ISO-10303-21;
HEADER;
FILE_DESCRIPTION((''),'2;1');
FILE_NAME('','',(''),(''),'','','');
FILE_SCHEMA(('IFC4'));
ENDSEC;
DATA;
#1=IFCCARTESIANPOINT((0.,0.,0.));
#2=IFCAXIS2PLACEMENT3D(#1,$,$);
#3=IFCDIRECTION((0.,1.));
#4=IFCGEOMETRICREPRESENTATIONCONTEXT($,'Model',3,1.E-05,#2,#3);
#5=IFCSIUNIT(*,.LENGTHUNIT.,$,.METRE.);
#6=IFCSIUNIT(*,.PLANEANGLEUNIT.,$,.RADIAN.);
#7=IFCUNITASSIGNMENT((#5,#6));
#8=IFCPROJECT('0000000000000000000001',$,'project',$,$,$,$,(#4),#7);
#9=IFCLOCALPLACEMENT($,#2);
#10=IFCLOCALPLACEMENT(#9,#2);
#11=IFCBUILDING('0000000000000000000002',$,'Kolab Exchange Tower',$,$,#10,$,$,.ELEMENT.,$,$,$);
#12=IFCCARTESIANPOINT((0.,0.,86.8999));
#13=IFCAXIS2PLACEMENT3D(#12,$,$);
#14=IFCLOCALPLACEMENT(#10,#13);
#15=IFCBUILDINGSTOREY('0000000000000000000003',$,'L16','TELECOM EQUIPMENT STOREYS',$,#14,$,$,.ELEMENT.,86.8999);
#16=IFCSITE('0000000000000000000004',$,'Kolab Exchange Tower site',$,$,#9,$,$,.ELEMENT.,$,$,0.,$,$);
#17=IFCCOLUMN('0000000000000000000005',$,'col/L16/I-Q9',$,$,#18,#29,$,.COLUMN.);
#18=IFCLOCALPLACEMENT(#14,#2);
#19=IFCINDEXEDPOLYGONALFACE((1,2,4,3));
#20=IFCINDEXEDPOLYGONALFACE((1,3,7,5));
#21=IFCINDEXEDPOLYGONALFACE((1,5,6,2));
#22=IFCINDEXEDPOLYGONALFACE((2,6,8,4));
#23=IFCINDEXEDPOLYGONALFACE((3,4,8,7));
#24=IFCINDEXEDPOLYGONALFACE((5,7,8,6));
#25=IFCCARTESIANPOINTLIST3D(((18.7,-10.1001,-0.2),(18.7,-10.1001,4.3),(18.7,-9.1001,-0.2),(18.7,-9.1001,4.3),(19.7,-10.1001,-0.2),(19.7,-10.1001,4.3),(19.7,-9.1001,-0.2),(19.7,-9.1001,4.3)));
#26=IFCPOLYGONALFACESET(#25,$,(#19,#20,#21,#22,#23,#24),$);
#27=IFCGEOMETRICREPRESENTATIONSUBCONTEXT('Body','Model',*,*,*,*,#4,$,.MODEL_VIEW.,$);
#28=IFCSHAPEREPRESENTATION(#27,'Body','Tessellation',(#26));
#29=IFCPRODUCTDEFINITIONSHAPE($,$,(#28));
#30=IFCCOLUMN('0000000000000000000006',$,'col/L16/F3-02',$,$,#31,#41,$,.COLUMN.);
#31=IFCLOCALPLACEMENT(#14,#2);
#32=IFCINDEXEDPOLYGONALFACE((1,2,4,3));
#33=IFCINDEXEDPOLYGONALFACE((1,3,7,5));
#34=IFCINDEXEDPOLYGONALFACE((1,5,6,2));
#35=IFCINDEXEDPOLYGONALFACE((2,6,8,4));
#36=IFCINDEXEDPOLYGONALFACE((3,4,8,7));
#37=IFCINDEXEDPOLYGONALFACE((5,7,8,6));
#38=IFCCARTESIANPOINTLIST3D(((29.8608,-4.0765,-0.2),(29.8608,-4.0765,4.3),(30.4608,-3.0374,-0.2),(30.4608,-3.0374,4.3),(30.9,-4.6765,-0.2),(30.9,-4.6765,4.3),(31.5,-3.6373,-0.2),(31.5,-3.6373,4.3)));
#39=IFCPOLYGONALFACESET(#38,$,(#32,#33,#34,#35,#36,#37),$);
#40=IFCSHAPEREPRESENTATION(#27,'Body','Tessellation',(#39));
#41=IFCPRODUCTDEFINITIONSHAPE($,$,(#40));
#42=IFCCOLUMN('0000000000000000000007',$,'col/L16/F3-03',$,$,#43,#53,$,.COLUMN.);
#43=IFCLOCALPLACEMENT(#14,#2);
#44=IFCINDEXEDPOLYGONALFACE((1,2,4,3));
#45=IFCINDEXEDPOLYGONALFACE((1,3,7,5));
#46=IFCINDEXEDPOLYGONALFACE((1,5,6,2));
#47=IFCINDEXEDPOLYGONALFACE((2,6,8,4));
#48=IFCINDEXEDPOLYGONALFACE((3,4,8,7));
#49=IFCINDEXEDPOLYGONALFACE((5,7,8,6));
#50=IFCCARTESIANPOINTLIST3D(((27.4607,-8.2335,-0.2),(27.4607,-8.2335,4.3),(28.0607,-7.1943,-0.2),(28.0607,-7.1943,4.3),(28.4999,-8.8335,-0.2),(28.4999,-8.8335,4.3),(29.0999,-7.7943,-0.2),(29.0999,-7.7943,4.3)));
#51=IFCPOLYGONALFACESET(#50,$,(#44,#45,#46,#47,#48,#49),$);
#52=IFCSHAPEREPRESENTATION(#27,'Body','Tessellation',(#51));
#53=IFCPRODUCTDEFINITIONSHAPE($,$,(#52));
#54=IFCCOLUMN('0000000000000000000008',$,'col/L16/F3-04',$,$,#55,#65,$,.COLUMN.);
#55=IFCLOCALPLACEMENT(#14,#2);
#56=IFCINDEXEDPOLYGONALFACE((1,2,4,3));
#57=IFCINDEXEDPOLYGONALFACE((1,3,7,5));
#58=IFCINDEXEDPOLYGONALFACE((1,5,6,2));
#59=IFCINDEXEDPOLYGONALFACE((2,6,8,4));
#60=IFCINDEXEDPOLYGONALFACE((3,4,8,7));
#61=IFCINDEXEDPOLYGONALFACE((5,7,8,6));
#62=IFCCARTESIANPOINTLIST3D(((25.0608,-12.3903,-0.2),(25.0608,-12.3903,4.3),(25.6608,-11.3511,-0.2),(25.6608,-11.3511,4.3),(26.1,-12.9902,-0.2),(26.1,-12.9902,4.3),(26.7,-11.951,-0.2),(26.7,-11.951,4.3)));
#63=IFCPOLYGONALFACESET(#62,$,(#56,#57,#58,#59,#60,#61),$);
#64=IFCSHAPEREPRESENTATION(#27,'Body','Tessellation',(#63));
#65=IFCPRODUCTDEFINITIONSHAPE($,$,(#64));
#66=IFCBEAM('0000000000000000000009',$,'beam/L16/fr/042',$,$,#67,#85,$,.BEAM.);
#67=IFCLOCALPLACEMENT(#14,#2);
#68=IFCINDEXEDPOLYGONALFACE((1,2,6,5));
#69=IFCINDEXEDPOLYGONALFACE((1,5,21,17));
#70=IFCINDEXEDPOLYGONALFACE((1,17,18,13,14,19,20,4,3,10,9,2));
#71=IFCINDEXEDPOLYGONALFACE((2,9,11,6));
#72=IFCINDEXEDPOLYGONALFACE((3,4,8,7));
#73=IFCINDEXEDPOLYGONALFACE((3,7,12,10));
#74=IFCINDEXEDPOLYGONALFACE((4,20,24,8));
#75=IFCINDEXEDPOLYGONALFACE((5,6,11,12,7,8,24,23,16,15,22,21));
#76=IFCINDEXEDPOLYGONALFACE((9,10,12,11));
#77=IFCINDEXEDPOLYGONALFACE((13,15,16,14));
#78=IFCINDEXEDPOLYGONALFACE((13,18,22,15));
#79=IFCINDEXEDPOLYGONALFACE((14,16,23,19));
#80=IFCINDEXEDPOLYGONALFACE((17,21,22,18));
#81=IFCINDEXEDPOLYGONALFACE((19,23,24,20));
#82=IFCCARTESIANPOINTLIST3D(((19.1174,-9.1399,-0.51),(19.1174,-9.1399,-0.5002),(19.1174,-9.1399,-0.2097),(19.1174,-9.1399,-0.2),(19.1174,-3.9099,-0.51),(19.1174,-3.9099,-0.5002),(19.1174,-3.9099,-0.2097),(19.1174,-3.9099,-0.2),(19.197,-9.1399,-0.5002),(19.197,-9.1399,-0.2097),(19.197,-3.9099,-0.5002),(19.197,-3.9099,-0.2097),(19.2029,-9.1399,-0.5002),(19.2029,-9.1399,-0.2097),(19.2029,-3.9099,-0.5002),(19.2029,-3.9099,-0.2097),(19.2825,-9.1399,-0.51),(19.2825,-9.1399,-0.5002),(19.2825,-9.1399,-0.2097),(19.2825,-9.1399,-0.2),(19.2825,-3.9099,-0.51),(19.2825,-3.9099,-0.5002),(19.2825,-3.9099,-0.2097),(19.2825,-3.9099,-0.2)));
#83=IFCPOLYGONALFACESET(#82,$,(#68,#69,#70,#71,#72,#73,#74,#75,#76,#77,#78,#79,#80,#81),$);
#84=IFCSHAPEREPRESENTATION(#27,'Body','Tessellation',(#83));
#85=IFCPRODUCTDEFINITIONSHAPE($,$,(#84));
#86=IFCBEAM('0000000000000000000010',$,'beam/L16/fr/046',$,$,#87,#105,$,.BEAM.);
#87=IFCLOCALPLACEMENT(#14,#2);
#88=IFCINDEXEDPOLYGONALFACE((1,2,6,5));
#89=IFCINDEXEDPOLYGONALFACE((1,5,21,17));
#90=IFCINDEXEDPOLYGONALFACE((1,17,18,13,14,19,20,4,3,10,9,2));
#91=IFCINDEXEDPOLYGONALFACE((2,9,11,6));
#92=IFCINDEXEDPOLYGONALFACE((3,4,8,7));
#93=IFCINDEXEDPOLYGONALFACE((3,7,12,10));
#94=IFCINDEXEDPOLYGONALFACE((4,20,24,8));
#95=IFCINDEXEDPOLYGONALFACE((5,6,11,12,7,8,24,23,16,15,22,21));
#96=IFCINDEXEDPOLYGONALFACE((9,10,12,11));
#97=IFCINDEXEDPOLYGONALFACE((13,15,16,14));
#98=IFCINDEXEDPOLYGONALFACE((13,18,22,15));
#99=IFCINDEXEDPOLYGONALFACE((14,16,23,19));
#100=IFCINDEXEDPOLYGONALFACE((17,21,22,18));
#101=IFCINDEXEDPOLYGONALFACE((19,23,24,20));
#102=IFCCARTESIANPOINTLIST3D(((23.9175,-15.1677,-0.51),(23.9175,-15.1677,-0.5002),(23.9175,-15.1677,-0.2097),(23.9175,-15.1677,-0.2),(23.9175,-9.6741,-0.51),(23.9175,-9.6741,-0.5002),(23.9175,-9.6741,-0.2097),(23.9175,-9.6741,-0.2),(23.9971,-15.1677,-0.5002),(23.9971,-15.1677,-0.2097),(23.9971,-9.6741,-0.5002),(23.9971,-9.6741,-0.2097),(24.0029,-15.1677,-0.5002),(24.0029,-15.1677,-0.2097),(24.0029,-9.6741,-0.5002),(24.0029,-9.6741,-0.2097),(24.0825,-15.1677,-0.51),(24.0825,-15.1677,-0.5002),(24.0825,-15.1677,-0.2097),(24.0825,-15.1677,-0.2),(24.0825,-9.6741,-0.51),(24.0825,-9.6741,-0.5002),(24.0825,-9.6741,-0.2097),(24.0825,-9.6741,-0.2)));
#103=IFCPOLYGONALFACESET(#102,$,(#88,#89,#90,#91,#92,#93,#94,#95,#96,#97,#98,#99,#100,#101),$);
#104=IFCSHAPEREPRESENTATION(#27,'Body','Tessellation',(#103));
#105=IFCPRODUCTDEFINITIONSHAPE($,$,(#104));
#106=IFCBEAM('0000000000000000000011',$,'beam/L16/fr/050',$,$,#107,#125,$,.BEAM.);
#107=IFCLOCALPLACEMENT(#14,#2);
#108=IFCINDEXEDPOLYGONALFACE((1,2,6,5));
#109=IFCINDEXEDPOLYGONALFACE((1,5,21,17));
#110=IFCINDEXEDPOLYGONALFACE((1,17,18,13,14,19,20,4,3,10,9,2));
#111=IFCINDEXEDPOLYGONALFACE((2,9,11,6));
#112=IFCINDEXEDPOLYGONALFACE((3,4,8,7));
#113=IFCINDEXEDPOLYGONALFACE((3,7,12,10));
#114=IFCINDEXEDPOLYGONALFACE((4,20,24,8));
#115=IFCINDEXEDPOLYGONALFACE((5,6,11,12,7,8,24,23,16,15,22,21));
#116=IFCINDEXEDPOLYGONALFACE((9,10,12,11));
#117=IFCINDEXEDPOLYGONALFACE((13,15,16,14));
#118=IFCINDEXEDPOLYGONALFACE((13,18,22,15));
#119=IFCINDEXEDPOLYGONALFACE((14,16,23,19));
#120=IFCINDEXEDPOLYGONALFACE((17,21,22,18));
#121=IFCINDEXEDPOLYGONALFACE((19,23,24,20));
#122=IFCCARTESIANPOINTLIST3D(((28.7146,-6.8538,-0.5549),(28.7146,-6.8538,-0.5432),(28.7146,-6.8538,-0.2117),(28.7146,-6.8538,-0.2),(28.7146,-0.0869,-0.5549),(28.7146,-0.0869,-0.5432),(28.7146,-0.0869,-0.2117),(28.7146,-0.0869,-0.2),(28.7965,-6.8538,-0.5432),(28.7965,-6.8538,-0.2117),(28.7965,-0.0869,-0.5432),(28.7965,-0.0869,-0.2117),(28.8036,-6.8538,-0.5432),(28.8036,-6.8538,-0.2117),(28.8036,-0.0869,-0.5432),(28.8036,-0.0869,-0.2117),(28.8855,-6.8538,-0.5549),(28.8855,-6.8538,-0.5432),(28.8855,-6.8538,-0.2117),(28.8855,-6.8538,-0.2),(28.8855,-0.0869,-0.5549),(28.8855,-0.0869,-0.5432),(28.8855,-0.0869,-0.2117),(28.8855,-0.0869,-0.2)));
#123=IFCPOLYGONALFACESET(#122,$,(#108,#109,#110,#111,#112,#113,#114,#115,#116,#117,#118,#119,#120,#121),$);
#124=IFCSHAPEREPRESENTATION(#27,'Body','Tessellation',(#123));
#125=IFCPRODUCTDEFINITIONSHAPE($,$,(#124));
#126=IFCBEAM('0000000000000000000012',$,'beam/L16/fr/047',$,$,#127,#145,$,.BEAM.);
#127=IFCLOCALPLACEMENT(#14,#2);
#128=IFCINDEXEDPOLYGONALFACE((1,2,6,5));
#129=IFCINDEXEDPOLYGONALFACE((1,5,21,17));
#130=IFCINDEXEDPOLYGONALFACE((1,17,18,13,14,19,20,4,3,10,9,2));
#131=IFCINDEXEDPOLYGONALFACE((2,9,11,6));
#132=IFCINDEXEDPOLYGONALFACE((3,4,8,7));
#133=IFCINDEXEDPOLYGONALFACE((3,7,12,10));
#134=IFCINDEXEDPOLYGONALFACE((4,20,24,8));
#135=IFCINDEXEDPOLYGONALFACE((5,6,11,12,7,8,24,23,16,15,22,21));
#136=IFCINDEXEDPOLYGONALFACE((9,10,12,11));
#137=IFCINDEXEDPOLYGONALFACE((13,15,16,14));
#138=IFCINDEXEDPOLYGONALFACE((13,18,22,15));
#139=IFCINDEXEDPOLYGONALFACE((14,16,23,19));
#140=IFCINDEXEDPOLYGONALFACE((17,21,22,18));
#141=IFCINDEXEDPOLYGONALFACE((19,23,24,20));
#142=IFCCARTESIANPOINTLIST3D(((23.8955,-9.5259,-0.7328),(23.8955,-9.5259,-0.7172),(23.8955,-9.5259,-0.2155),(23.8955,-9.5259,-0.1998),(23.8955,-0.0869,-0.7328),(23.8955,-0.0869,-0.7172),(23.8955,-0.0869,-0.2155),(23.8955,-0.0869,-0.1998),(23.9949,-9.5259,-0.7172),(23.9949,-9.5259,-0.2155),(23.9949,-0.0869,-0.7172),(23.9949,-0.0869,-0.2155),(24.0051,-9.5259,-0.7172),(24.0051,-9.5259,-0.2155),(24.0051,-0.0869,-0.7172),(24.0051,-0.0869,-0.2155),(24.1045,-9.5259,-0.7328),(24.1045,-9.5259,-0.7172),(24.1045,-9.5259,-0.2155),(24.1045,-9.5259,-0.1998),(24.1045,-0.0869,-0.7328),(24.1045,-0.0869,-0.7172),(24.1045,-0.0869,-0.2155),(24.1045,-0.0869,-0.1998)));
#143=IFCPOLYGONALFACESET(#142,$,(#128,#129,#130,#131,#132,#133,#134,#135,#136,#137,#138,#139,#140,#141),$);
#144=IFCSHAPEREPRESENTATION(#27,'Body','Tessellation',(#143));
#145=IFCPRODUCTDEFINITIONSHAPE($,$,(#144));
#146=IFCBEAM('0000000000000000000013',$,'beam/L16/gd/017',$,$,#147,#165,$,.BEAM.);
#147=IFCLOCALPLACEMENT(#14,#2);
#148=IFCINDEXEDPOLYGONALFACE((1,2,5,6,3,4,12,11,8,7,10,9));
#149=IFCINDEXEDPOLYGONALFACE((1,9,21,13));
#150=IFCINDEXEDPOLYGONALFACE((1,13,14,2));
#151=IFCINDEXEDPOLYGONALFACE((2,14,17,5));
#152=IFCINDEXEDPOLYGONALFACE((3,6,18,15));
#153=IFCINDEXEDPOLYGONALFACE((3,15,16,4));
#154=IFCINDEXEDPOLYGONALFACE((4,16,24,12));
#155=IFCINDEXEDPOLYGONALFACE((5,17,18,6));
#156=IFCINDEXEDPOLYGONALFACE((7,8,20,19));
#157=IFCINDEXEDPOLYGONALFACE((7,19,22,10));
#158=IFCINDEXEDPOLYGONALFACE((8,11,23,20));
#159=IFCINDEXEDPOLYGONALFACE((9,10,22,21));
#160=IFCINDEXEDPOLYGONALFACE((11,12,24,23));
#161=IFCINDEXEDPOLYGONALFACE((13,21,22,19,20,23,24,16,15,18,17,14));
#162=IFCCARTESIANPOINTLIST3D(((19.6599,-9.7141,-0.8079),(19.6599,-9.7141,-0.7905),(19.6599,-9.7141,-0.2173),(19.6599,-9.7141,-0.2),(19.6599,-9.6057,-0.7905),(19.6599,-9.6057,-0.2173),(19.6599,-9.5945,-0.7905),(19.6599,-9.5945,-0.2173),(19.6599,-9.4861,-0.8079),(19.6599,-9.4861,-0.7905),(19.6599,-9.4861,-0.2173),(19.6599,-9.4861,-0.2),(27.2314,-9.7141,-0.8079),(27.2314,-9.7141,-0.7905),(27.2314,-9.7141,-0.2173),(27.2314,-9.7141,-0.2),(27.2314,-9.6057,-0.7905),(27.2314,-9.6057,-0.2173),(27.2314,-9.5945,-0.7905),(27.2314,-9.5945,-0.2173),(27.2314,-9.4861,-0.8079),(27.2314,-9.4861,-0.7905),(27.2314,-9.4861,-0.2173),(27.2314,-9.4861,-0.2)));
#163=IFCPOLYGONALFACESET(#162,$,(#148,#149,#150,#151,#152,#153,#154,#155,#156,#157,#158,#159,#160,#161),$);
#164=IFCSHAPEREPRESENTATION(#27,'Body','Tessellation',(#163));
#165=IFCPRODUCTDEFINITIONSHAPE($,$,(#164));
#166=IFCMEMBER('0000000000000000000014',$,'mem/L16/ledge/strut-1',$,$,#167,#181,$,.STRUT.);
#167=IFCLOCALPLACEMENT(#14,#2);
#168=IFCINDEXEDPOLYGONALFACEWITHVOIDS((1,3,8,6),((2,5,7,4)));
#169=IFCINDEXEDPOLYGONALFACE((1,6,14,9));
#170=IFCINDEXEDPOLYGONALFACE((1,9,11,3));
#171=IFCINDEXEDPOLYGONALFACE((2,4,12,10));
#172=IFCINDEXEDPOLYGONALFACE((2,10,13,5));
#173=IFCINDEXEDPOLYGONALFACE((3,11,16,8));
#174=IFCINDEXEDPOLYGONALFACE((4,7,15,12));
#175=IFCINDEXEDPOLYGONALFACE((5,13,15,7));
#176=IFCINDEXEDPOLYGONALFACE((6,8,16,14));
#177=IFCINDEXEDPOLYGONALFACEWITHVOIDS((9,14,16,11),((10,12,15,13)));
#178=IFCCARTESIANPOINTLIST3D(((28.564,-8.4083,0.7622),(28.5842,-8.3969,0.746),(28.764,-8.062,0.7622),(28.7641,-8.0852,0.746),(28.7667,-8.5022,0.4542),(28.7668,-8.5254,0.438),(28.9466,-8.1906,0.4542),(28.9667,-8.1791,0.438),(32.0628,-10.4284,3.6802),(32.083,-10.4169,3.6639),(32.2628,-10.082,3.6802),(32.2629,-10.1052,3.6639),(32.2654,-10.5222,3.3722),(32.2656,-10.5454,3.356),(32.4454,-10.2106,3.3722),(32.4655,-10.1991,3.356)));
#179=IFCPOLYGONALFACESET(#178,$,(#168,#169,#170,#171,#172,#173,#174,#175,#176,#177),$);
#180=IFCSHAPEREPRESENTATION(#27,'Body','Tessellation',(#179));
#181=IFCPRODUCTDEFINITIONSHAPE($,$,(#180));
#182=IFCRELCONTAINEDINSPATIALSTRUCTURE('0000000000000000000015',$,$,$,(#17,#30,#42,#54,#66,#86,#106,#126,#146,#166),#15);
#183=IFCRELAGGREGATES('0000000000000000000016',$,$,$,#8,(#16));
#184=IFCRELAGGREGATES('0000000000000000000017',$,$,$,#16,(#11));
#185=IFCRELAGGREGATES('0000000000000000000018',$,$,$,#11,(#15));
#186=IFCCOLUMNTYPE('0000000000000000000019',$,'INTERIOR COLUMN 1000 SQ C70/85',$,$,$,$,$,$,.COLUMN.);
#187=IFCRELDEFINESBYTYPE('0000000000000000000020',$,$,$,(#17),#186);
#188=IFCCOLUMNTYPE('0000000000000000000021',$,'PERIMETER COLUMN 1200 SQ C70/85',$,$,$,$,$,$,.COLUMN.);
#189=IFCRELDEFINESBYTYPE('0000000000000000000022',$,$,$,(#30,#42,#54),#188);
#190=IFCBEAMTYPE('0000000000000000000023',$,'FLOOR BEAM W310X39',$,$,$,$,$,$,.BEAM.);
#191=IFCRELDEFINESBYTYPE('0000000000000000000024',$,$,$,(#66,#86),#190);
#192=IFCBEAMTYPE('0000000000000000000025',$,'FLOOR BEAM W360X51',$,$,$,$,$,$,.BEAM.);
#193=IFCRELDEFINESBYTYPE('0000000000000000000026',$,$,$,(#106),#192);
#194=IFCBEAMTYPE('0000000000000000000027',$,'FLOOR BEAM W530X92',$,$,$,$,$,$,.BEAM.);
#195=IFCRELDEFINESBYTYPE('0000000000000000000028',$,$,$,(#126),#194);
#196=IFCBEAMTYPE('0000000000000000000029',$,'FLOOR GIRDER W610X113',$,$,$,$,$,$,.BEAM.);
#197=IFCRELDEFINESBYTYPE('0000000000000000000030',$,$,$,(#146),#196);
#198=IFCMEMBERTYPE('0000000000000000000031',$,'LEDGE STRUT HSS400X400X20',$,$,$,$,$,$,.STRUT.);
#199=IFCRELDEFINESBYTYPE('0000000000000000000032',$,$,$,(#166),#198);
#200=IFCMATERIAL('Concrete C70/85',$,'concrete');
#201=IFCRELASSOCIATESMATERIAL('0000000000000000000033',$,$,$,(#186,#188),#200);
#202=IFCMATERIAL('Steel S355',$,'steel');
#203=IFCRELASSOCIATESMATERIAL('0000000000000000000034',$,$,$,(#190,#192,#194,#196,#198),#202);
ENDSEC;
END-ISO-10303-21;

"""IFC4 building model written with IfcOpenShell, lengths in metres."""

from ifc_helpers import new_model, si_unit, direction, frame, origin, origin_2d, place, context, subcontext, project, spatial, rectangle, hollow_rectangle, i_section, extrude, material, material_profile, profile_set, type_object, element, save


model = new_model("IFC4")

# Units and contexts
model_context = context("Model", 3, precision=1e-05, world=origin(), true_north=direction((0.0, 1.0)))
body_context = subcontext(model_context, "Body", "Model", "MODEL_VIEW")
ifc_project = project(units=[si_unit("LENGTHUNIT", "METRE"), si_unit("PLANEANGLEUNIT", "RADIAN")], contexts=[model_context])

# Site, building, storey
site_placement = place(None, origin())
site = spatial("IfcSite", under=ifc_project, at=site_placement, Name="Kolab Exchange Tower site", CompositionType="ELEMENT", RefElevation=0.0)
building_placement = place(site_placement, origin())
building = spatial("IfcBuilding", under=site, at=building_placement, Name="Kolab Exchange Tower", CompositionType="ELEMENT")
storey_placement = place(building_placement, frame((0.0, 0.0, 86.8999)))
storey = spatial("IfcBuildingStorey", under=building, at=storey_placement, Name="L16", Description="TELECOM EQUIPMENT STOREYS", CompositionType="ELEMENT", Elevation=86.8999)

# Columns
ifc_material_1 = material(Name="Concrete C70/85", Category="concrete")
ifc_material_profile_1 = material_profile(ifc_material_1, rectangle(XDim=1.0, YDim=1.0, at=origin_2d()), Name="RC1000")
ifc_profile_set_1 = profile_set([ifc_material_profile_1], Name="Concrete C70/85")
column_type_1 = type_object("IfcColumnType", Name="INTERIOR COLUMN 1000 SQ C70/85", PredefinedType="COLUMN", material=ifc_profile_set_1)
column_placement = place(storey_placement, frame((19.2, -9.6001, -0.2), z_axis=(0.0, 0.0, 1.0), x_axis=(1.0, 0.0, 0.0)))
element("IfcColumn", 1, at=column_placement, inside=storey, type_object=column_type_1, Name="col/L16/I-Q9", PredefinedType="COLUMN", context=body_context, shape_type="SweptSolid", body=[
    extrude(rectangle(XDim=1.0, YDim=1.0, at=origin_2d()), origin(), (0.0, 0.0, 1.0), 4.5),
])
ifc_material_profile_2 = material_profile(ifc_material_1, rectangle(XDim=1.2, YDim=1.2, at=origin_2d()), Name="RC1200")
ifc_profile_set_2 = profile_set([ifc_material_profile_2], Name="Concrete C70/85")
column_type_2 = type_object("IfcColumnType", Name="PERIMETER COLUMN 1200 SQ C70/85", PredefinedType="COLUMN", material=ifc_profile_set_2)
for number, where, z_axis, x_axis, name in (
    (2, (30.6804, -3.8569, -0.2), (0.0, 0.0, 1.0), (0.5, 0.866025, 0.0), "col/L16/F3-02"),
    (3, (28.2803, -8.0139, -0.2), (0.0, 0.0, 1.0), (0.5, 0.866025, 0.0), "col/L16/F3-03"),
    (4, (25.8804, -12.1707, -0.2), (0.0, 0.0, 1.0), (0.5, 0.866025, 0.0), "col/L16/F3-04"),
):
    element("IfcColumn", number, at=place(storey_placement, frame(where, z_axis=z_axis, x_axis=x_axis)), inside=storey, type_object=column_type_2, Name=name, PredefinedType="COLUMN", context=body_context, shape_type="SweptSolid", body=[
        extrude(rectangle(XDim=1.2, YDim=1.2, at=origin_2d()), origin(), (0.0, 0.0, 1.0), 4.5),
    ])

# Beams
ifc_material_2 = material(Name="Steel S355", Category="steel")
ifc_material_profile_3 = material_profile(ifc_material_2, i_section(OverallWidth=0.165, OverallDepth=0.3101, WebThickness=0.0059, FlangeThickness=0.0098, at=origin_2d()), Name="W310X39")
ifc_profile_set_3 = profile_set([ifc_material_profile_3], Name="Steel S355")
beam_type_1 = type_object("IfcBeamType", Name="FLOOR BEAM W310X39", PredefinedType="BEAM", material=ifc_profile_set_3)
beam_1_placement = place(storey_placement, frame((19.2, -9.1399, -0.355), z_axis=(0.0, 1.0, 0.0), x_axis=(-1.0, 0.0, 0.0)))
element("IfcBeam", 5, at=beam_1_placement, inside=storey, type_object=beam_type_1, Name="beam/L16/fr/042", PredefinedType="BEAM", context=body_context, shape_type="SweptSolid", body=[
    extrude(i_section(OverallWidth=0.165, OverallDepth=0.3101, WebThickness=0.0059, FlangeThickness=0.0098, at=origin_2d()), origin(), (0.0, 0.0, 1.0), 5.23),
])
beam_2_placement = place(storey_placement, frame((24.0, -15.1677, -0.355), z_axis=(0.0, 1.0, 0.0), x_axis=(-1.0, 0.0, 0.0)))
element("IfcBeam", 6, at=beam_2_placement, inside=storey, type_object=beam_type_1, Name="beam/L16/fr/046", PredefinedType="BEAM", context=body_context, shape_type="SweptSolid", body=[
    extrude(i_section(OverallWidth=0.165, OverallDepth=0.3101, WebThickness=0.0059, FlangeThickness=0.0098, at=origin_2d()), origin(), (0.0, 0.0, 1.0), 5.4937),
])
ifc_material_profile_4 = material_profile(ifc_material_2, i_section(OverallWidth=0.1709, OverallDepth=0.355, WebThickness=0.0071, FlangeThickness=0.0117, at=origin_2d()), Name="W360X51")
ifc_profile_set_4 = profile_set([ifc_material_profile_4], Name="Steel S355")
beam_type_2 = type_object("IfcBeamType", Name="FLOOR BEAM W360X51", PredefinedType="BEAM", material=ifc_profile_set_4)
beam_3_placement = place(storey_placement, frame((28.8, -6.8538, -0.3774), z_axis=(0.0, 1.0, 0.0), x_axis=(-1.0, 0.0, 0.0)))
element("IfcBeam", 7, at=beam_3_placement, inside=storey, type_object=beam_type_2, Name="beam/L16/fr/050", PredefinedType="BEAM", context=body_context, shape_type="SweptSolid", body=[
    extrude(i_section(OverallWidth=0.1709, OverallDepth=0.355, WebThickness=0.0071, FlangeThickness=0.0117, at=origin_2d()), origin(), (0.0, 0.0, 1.0), 6.7668),
])
ifc_material_profile_5 = material_profile(ifc_material_2, i_section(OverallWidth=0.209, OverallDepth=0.533, WebThickness=0.0103, FlangeThickness=0.0156, at=origin_2d()), Name="W530X92")
ifc_profile_set_5 = profile_set([ifc_material_profile_5], Name="Steel S355")
beam_type_3 = type_object("IfcBeamType", Name="FLOOR BEAM W530X92", PredefinedType="BEAM", material=ifc_profile_set_5)
beam_4_placement = place(storey_placement, frame((24.0, -9.5259, -0.4663), z_axis=(0.0, 1.0, 0.0), x_axis=(-1.0, 0.0, 0.0)))
element("IfcBeam", 8, at=beam_4_placement, inside=storey, type_object=beam_type_3, Name="beam/L16/fr/047", PredefinedType="BEAM", context=body_context, shape_type="SweptSolid", body=[
    extrude(i_section(OverallWidth=0.209, OverallDepth=0.533, WebThickness=0.0103, FlangeThickness=0.0156, at=origin_2d()), origin(), (0.0, 0.0, 1.0), 9.439),
])
ifc_material_profile_6 = material_profile(ifc_material_2, i_section(OverallWidth=0.228, OverallDepth=0.6079, WebThickness=0.0112, FlangeThickness=0.0173, at=origin_2d()), Name="W610X113")
ifc_profile_set_6 = profile_set([ifc_material_profile_6], Name="Steel S355")
beam_type_4 = type_object("IfcBeamType", Name="FLOOR GIRDER W610X113", PredefinedType="BEAM", material=ifc_profile_set_6)
beam_5_placement = place(storey_placement, frame((19.6599, -9.6001, -0.5039), z_axis=(1.0, 0.0, 0.0), x_axis=(0.0, 1.0, 0.0)))
element("IfcBeam", 9, at=beam_5_placement, inside=storey, type_object=beam_type_4, Name="beam/L16/gd/017", PredefinedType="BEAM", context=body_context, shape_type="SweptSolid", body=[
    extrude(i_section(OverallWidth=0.228, OverallDepth=0.6079, WebThickness=0.0112, FlangeThickness=0.0173, at=origin_2d()), origin(), (0.0, 0.0, 1.0), 7.5715),
])

# Member
ifc_material_profile_7 = material_profile(ifc_material_2, hollow_rectangle(XDim=0.3999, YDim=0.3999, WallThickness=0.02, at=origin_2d()), Name="HSS400X400X20")
ifc_profile_set_7 = profile_set([ifc_material_profile_7], Name="Steel S355")
member_type_1 = type_object("IfcMemberType", Name="LEDGE STRUT HSS400X400X20", PredefinedType="STRUT", material=ifc_profile_set_7)
member_1_placement = place(storey_placement, frame((28.7654, -8.2937, 0.6001), z_axis=(0.702056, -0.405332, 0.585512), x_axis=(0.5, 0.866026, 0.0)))
element("IfcMember", 10, at=member_1_placement, inside=storey, type_object=member_type_1, Name="mem/L16/ledge/strut-1", PredefinedType="STRUT", context=body_context, shape_type="SweptSolid", body=[
    extrude(hollow_rectangle(XDim=0.3999, YDim=0.3999, WallThickness=0.02, at=origin_2d()), origin(), (0.0, 0.0, 1.0), 4.9836),
])

save(model, "model.ifc")
